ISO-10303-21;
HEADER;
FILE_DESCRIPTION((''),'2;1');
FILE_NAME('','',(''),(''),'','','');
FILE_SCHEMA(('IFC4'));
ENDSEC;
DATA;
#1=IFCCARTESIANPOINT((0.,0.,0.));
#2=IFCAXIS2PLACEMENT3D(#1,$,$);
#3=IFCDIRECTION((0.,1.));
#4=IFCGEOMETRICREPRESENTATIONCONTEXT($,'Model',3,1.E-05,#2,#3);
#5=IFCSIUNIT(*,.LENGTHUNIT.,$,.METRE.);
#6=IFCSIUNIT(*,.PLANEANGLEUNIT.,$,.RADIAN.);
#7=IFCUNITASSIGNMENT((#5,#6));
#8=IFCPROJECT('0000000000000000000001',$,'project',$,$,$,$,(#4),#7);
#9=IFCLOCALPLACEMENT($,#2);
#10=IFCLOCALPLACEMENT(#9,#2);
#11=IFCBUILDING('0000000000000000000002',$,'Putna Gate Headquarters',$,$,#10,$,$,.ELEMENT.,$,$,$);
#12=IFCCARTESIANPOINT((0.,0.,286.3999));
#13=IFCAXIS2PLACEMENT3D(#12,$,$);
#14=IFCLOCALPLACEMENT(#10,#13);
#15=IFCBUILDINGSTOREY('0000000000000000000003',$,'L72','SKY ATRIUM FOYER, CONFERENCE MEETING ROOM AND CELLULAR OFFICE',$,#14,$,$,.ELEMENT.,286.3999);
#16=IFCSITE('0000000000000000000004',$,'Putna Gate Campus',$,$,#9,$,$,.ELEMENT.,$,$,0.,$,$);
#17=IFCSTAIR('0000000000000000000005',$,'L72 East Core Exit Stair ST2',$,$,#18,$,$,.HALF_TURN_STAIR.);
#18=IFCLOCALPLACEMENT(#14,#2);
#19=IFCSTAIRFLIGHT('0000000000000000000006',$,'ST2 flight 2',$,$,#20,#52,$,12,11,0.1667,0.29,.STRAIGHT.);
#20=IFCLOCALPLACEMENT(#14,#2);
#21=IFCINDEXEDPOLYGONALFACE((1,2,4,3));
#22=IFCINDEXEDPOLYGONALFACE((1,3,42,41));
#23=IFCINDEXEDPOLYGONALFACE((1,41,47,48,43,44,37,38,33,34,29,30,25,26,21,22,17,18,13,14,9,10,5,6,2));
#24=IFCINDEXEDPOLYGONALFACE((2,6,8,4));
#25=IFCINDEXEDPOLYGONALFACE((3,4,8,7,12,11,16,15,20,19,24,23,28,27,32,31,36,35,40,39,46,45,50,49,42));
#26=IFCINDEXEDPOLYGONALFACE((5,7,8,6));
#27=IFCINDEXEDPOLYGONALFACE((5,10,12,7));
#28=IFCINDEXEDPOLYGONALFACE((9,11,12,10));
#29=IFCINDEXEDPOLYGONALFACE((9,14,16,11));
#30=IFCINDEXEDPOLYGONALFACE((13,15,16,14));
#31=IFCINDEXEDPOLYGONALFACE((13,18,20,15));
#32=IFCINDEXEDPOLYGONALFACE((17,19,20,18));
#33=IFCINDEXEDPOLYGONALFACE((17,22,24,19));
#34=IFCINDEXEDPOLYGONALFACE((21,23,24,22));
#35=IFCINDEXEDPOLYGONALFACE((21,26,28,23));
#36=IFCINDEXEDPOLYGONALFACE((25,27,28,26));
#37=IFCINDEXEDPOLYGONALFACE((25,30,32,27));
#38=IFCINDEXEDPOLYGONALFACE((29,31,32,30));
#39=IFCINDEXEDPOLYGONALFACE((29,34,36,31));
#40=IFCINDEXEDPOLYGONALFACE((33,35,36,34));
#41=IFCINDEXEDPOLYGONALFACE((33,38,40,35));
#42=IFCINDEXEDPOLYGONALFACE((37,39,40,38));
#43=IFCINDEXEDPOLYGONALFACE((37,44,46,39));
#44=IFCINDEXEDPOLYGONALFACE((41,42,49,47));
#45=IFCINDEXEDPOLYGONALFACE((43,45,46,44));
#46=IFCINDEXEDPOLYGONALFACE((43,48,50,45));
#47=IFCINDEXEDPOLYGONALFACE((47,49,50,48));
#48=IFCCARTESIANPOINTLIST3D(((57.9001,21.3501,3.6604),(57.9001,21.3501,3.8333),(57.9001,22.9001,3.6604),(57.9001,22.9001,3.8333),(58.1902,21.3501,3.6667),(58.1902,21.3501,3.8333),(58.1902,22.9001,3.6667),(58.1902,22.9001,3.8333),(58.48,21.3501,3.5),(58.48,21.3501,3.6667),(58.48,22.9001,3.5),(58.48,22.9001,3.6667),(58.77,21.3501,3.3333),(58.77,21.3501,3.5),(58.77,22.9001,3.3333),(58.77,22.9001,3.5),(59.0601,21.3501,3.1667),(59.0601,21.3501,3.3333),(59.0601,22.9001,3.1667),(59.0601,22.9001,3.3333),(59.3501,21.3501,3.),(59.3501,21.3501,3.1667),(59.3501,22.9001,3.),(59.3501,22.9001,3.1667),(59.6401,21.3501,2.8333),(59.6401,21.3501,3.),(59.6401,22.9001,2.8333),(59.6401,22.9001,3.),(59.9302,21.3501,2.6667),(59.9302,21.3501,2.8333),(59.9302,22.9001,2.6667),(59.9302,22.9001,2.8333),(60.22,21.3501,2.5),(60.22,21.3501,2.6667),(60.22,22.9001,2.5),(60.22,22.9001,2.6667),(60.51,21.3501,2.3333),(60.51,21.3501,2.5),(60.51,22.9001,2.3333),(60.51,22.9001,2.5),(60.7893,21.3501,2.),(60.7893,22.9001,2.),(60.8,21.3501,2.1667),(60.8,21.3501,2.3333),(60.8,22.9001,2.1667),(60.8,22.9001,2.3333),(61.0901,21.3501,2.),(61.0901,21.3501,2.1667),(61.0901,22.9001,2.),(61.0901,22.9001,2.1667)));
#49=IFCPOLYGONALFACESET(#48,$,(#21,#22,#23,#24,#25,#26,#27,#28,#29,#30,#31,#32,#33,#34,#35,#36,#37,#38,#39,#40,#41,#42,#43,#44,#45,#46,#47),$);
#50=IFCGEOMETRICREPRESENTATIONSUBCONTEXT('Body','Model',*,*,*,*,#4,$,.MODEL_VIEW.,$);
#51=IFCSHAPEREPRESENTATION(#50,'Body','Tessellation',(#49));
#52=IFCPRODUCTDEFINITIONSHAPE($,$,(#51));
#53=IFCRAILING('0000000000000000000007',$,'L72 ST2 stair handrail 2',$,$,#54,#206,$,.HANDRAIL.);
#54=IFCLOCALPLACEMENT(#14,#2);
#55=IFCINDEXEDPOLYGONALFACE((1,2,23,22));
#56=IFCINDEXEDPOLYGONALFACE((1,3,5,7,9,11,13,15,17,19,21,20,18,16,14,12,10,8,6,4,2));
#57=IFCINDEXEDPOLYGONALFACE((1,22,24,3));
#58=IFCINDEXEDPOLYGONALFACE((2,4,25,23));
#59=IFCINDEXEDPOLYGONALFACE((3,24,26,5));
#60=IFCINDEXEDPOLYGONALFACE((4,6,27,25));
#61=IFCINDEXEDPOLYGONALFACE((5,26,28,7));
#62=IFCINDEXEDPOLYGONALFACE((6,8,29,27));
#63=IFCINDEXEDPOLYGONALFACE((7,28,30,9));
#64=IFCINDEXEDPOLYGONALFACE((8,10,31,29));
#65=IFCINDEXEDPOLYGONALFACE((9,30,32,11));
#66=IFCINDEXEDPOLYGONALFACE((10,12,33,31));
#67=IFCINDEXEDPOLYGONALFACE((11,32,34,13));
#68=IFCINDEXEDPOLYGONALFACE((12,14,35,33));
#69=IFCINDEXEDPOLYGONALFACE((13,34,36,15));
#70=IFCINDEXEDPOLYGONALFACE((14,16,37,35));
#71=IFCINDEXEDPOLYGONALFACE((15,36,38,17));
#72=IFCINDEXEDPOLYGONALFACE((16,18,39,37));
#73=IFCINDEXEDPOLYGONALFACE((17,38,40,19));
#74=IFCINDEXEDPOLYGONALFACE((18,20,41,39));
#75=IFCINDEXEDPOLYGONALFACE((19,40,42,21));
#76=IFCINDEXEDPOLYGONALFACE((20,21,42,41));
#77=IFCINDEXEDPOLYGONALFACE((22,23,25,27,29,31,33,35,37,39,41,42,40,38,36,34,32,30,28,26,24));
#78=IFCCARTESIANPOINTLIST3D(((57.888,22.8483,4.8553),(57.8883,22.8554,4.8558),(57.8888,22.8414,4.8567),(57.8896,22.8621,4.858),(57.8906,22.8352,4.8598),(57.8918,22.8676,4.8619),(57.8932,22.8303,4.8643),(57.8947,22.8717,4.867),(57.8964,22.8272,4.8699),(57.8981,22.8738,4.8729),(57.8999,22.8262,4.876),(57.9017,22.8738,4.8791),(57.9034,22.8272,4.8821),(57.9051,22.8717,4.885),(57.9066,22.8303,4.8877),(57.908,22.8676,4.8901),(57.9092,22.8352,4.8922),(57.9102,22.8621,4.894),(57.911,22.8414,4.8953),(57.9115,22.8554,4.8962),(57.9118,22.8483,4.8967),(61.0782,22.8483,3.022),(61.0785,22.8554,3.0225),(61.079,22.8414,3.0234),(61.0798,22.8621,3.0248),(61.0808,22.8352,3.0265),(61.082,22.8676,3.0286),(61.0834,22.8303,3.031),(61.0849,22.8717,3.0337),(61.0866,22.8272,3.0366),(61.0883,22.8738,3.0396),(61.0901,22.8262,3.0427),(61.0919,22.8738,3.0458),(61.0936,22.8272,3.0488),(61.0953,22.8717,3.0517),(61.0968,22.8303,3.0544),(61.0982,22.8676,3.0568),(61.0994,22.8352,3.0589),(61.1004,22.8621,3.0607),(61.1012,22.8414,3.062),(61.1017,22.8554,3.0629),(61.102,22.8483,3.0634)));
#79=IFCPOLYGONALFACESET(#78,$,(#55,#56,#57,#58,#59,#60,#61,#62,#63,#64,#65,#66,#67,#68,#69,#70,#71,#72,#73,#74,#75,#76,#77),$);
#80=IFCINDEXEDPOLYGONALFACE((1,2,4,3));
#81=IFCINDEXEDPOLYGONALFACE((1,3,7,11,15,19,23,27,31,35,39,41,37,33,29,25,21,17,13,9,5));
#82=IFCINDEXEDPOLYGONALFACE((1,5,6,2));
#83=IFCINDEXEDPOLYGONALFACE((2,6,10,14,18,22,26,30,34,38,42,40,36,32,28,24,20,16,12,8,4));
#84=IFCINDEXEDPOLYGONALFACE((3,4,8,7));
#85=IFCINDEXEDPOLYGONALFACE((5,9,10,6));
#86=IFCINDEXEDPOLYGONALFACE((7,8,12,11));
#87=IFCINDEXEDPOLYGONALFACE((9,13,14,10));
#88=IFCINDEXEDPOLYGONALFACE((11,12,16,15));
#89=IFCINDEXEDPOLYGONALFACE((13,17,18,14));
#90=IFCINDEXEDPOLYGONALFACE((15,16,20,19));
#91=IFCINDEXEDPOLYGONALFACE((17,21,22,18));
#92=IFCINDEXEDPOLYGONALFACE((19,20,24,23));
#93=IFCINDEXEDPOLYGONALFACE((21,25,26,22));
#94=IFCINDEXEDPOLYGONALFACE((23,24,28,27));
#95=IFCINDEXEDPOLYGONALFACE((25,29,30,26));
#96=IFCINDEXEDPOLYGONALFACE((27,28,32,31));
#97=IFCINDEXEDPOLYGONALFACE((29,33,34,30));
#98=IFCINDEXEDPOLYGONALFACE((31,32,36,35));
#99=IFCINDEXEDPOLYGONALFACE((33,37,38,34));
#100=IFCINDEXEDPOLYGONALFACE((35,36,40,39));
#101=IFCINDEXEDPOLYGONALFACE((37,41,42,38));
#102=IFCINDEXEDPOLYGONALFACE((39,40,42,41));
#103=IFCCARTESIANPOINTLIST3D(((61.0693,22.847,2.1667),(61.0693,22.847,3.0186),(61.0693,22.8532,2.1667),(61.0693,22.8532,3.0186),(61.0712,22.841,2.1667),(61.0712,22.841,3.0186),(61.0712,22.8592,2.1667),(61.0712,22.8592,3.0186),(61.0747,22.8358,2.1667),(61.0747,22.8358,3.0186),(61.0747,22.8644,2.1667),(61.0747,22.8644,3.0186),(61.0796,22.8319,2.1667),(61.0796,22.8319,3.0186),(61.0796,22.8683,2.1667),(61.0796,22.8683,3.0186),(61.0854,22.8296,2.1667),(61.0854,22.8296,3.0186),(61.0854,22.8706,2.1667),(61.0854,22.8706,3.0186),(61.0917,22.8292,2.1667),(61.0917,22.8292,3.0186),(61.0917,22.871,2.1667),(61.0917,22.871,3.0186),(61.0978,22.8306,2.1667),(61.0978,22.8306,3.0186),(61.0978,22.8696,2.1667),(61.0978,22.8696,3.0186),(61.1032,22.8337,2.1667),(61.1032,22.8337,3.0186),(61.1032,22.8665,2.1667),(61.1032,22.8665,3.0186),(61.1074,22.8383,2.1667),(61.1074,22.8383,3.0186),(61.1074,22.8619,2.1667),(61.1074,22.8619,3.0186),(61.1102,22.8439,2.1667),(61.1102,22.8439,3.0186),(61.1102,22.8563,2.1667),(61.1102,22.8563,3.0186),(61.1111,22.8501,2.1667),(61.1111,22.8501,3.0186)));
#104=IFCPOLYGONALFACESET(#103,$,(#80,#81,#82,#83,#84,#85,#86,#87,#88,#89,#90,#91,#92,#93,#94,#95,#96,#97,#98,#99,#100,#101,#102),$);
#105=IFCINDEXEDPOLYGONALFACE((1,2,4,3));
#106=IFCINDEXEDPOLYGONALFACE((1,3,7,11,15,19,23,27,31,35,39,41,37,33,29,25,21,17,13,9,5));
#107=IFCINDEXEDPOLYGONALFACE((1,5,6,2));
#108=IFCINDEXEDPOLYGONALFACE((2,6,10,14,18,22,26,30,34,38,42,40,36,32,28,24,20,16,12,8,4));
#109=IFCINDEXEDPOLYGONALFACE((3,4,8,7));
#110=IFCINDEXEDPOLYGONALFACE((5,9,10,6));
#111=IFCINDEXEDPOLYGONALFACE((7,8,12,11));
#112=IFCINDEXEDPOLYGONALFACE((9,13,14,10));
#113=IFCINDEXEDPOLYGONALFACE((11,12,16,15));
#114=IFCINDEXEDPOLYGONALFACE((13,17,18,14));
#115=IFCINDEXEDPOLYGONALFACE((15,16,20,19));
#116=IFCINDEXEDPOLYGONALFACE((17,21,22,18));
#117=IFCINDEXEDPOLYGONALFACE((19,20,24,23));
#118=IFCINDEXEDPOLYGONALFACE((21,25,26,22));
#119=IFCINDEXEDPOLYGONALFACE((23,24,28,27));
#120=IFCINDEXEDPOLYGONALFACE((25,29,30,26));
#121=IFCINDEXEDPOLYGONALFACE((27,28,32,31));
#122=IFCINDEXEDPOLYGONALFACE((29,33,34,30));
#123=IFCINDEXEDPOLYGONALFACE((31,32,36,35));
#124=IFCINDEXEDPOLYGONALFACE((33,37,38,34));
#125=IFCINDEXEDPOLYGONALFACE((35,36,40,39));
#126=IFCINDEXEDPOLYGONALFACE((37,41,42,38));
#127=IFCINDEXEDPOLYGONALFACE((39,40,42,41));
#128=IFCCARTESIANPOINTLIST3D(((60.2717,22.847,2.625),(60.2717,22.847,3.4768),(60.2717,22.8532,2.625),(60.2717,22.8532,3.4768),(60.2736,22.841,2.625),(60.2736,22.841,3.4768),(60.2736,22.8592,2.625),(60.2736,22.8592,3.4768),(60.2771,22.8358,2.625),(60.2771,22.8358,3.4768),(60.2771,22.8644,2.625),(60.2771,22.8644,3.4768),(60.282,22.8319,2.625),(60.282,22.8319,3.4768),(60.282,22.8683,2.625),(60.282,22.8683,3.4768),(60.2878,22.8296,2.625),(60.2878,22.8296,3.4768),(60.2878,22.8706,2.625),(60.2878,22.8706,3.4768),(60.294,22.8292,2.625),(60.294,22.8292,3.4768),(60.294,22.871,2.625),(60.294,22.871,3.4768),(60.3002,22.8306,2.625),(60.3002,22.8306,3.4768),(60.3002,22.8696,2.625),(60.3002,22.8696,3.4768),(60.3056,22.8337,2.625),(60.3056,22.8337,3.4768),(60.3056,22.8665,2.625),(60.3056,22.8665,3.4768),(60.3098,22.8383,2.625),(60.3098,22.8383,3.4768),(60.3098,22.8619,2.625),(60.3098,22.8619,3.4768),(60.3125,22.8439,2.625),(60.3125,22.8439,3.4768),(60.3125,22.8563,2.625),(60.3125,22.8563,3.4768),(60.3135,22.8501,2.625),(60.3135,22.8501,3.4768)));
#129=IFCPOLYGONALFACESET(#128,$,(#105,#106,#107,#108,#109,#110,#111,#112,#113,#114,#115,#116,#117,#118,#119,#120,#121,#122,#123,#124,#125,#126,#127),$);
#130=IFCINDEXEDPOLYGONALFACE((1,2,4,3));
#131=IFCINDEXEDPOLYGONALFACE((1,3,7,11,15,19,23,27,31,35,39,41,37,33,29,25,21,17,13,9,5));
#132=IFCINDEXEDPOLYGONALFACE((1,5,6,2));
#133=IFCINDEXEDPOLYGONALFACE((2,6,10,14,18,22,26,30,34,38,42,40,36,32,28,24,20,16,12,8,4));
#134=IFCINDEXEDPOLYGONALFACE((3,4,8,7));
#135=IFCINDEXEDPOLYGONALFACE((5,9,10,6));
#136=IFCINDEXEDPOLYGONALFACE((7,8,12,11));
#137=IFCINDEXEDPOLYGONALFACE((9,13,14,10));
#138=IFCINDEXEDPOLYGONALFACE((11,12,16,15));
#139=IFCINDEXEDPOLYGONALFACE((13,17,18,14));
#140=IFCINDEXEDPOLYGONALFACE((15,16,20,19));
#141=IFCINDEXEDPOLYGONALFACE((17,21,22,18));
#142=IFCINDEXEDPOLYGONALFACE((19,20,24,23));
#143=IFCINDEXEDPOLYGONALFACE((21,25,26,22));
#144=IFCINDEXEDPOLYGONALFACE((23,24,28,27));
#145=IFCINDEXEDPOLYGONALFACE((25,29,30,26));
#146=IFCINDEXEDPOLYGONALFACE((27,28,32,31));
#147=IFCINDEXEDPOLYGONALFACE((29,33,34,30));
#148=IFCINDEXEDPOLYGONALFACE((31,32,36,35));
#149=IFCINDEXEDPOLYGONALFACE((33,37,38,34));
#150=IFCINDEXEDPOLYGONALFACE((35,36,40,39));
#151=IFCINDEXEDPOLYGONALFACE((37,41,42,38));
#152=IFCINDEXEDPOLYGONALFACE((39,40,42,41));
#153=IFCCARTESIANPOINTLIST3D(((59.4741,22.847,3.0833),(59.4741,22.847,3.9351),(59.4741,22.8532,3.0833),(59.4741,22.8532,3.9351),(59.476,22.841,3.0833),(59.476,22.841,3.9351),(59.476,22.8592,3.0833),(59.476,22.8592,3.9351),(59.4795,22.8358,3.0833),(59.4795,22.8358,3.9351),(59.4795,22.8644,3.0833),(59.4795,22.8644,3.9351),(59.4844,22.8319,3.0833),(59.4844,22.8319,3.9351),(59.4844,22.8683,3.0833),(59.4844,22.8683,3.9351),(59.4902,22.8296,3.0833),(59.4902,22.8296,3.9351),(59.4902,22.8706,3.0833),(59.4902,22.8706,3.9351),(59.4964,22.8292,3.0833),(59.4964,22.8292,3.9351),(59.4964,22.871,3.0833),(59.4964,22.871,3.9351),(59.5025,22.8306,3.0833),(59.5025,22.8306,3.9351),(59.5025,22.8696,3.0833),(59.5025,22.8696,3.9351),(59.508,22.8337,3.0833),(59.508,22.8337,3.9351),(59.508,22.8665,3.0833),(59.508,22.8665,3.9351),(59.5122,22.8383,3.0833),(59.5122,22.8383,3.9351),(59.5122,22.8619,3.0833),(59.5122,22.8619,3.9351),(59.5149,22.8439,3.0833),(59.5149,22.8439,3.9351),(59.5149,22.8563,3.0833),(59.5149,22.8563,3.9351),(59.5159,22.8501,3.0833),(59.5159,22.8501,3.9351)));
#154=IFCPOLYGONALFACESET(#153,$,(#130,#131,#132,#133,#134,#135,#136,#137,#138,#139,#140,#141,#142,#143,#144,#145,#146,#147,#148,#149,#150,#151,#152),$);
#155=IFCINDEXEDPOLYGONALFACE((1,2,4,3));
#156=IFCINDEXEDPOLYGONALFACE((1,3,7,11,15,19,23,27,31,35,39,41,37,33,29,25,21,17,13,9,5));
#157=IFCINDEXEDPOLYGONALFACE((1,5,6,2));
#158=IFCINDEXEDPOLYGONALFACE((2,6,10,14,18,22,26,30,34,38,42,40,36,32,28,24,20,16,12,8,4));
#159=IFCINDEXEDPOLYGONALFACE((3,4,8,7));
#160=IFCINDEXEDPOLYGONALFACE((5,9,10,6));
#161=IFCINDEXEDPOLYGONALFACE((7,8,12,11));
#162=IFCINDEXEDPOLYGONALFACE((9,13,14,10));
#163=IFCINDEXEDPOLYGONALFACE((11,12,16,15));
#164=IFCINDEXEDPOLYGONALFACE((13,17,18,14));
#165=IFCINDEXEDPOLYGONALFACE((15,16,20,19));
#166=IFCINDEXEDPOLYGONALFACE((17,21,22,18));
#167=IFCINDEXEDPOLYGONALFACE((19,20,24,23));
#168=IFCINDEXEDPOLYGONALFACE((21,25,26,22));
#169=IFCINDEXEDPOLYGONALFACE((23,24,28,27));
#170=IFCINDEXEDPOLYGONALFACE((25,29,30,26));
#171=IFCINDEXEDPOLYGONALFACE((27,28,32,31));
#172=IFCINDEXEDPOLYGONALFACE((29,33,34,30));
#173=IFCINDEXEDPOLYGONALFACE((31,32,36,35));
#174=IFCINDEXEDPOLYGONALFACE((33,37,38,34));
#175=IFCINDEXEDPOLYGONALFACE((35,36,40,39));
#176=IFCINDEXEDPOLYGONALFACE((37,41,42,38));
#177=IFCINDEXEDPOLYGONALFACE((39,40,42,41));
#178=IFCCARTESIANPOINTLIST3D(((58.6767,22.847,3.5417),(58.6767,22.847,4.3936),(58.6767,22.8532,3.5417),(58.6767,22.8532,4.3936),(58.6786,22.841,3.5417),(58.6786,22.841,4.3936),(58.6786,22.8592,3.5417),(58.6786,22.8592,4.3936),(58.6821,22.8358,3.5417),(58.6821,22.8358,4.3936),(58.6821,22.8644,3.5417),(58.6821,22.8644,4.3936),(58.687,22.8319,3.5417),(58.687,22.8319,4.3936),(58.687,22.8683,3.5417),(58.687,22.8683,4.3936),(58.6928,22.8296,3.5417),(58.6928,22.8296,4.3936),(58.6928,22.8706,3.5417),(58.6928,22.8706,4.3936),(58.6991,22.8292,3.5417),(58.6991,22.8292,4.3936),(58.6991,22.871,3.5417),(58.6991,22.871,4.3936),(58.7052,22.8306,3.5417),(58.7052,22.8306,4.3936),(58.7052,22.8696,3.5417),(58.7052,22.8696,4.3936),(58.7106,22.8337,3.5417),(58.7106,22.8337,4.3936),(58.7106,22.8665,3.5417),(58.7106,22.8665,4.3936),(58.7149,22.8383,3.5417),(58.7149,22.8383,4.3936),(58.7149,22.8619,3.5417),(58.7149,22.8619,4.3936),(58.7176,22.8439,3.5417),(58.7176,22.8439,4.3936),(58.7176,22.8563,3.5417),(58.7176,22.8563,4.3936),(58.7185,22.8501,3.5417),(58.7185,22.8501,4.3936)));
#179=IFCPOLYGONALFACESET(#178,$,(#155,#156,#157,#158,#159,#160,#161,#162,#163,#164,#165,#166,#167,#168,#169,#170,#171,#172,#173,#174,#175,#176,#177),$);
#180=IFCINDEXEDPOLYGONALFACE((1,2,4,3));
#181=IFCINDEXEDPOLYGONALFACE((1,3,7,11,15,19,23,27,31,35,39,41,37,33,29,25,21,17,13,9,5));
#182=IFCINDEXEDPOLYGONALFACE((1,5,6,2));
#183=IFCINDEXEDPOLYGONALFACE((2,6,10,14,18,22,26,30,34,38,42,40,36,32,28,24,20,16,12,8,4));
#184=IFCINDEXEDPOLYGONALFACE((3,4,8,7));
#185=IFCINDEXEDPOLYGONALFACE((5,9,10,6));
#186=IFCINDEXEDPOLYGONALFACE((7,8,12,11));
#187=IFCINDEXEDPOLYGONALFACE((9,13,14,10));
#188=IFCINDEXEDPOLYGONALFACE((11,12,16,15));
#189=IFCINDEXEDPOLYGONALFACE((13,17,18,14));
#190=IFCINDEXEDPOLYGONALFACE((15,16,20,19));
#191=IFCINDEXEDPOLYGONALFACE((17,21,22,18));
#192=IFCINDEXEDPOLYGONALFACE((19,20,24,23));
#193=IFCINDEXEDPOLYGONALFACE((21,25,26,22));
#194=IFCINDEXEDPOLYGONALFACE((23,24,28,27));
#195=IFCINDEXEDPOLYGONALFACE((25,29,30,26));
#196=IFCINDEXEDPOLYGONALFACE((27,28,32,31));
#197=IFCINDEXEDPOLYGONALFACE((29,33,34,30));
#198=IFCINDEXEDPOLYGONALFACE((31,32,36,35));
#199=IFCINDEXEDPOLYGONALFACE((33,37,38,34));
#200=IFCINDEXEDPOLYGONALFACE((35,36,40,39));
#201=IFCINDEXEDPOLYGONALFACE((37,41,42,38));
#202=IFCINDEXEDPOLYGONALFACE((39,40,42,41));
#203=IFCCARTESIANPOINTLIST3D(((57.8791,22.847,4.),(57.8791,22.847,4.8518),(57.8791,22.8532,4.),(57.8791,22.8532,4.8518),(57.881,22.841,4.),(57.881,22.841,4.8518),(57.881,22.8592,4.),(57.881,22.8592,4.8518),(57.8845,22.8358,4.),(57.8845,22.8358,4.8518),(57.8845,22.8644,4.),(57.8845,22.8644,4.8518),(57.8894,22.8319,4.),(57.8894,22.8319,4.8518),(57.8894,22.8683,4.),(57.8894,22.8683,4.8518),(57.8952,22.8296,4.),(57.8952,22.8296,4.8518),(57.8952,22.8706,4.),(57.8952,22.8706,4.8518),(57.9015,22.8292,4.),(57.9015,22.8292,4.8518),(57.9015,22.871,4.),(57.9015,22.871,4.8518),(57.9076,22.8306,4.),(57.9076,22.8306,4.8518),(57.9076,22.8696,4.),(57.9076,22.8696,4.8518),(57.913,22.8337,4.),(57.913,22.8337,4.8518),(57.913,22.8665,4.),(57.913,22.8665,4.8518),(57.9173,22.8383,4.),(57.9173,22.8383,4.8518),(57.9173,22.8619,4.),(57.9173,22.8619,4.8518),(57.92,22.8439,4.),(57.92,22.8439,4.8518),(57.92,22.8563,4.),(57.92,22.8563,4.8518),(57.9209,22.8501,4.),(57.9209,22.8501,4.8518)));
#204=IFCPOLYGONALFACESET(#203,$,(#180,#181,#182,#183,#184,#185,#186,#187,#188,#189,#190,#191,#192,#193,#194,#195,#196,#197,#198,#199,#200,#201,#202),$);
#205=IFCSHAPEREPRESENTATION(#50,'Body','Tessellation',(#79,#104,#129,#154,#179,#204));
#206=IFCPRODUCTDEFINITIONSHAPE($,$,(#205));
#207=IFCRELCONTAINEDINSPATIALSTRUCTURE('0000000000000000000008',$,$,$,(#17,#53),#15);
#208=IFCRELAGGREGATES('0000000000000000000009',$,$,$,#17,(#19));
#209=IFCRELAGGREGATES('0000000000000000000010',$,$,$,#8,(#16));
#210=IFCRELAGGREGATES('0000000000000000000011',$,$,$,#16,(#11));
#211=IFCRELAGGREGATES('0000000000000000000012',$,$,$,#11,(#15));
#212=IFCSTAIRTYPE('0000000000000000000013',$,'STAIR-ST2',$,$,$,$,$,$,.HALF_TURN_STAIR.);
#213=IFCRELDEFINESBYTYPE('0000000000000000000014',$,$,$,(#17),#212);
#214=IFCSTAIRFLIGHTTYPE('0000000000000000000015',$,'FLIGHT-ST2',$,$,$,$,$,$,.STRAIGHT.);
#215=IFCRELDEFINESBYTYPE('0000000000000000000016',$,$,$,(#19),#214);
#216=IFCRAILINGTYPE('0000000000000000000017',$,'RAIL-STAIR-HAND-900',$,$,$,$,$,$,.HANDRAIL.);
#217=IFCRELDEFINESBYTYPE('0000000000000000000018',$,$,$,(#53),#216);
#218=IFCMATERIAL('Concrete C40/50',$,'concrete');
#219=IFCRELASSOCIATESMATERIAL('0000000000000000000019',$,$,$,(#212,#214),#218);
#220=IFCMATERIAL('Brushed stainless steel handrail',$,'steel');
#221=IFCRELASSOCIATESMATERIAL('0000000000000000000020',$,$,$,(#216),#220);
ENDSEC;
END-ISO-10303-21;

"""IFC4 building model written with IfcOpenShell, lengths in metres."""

from ifc_helpers import new_model, si_unit, direction, frame, origin, origin_2d, place, context, subcontext, project, spatial, polyline, circle, outline, extrude, material, type_object, element, aggregate, save


model = new_model("IFC4")

# Units and contexts
model_context = context("Model", 3, precision=1e-05, world=origin(), true_north=direction((0.0, 1.0)))
body_context = subcontext(model_context, "Body", "Model", "MODEL_VIEW")
ifc_project = project(units=[si_unit("LENGTHUNIT", "METRE"), si_unit("PLANEANGLEUNIT", "RADIAN")], contexts=[model_context])

# Site, building, storey
site_placement = place(None, origin())
site = spatial("IfcSite", under=ifc_project, at=site_placement, Name="Putna Gate Campus", CompositionType="ELEMENT", RefElevation=0.0)
building_placement = place(site_placement, origin())
building = spatial("IfcBuilding", under=site, at=building_placement, Name="Putna Gate Headquarters", CompositionType="ELEMENT")
storey_placement = place(building_placement, frame((0.0, 0.0, 286.3999)))
storey = spatial("IfcBuildingStorey", under=building, at=storey_placement, Name="L72", Description="SKY ATRIUM FOYER, CONFERENCE MEETING ROOM AND CELLULAR OFFICE", CompositionType="ELEMENT", Elevation=286.3999)

# Shared definitions
ifc_material_1 = material(Name="Concrete C40/50", Category="concrete")

# Stair, stair flight
stair_type = type_object("IfcStairType", Name="STAIR-ST2", PredefinedType="HALF_TURN_STAIR", material=ifc_material_1)
stair_placement = place(storey_placement, origin())
stair = element("IfcStair", 1, at=stair_placement, inside=storey, type_object=stair_type, Name="L72 East Core Exit Stair ST2", PredefinedType="HALF_TURN_STAIR")
stair_flight_type = type_object("IfcStairFlightType", Name="FLIGHT-ST2", PredefinedType="STRAIGHT", material=ifc_material_1)
stair_flight_placement = place(storey_placement, frame((61.0901, 22.125, 2.0), z_axis=(0.0, 0.0, 1.0), x_axis=(-1.0, 0.0, 0.0)))
stair_flight = element("IfcStairFlight", 2, at=stair_flight_placement, type_object=stair_flight_type, Name="ST2 flight 2", NumberOfRisers=12, NumberOfTreads=11, PredefinedType="STRAIGHT", RiserHeight=0.1667, TreadLength=0.29, context=body_context, shape_type="SweptSolid", body=[
    extrude(outline(polyline([(0.0, 0.0), (0.0, 0.1667), (0.29, 0.1667), (0.29, 0.3333), (0.5801, 0.3333), (0.5801, 0.5), (0.8701, 0.5), (0.8701, 0.6667), (1.1599, 0.6667), (1.1599, 0.8333), (1.45, 0.8333), (1.45, 1.0), (1.74, 1.0), (1.74, 1.1667), (2.03, 1.1667), (2.03, 1.3333), (2.3201, 1.3333), (2.3201, 1.5), (2.6101, 1.5), (2.6101, 1.6667), (2.8999, 1.6667), (2.8999, 1.8333), (3.1899, 1.8333), (3.1899, 2.0), (3.1899, 1.6604), (0.3008, 0.0), (0.0, 0.0)])), frame((0.0, 0.7749, 0.0), z_axis=(0.0, -1.0, 0.0), x_axis=(1.0, 0.0, 0.0)), (0.0, 0.0, 1.0), 1.55),
])
aggregate(stair, [stair_flight])

# Railing
ifc_material_2 = material(Name="Brushed stainless steel handrail", Category="steel")
railing_type = type_object("IfcRailingType", Name="RAIL-STAIR-HAND-900", PredefinedType="HANDRAIL", material=ifc_material_2)
railing_placement = place(storey_placement, frame((61.0901, 22.8501, 2.1667)))
element("IfcRailing", 3, at=railing_placement, inside=storey, type_object=railing_type, Name="L72 ST2 stair handrail 2", PredefinedType="HANDRAIL", context=body_context, shape_type="SweptSolid", body=[
    extrude(circle(Radius=0.0239, at=origin_2d()), frame((0.0, 0.0, 0.876), z_axis=(-0.867036, 0.0, 0.498245), x_axis=(0.0, -1.0, 0.0)), (0.0, 0.0, 1.0), 3.6794),
    extrude(circle(Radius=0.021, at=origin_2d()), origin(), (0.0, 0.0, 1.0), 0.8518),
    extrude(circle(Radius=0.021, at=origin_2d()), frame((-0.7976, 0.0, 0.4583)), (0.0, 0.0, 1.0), 0.8518),
    extrude(circle(Radius=0.021, at=origin_2d()), frame((-1.5952, 0.0, 0.9165)), (0.0, 0.0, 1.0), 0.8518),
    extrude(circle(Radius=0.021, at=origin_2d()), frame((-2.3926, 0.0, 1.375)), (0.0, 0.0, 1.0), 0.8518),
    extrude(circle(Radius=0.021, at=origin_2d()), frame((-3.1902, 0.0, 1.8333)), (0.0, 0.0, 1.0), 0.8518),
])

save(model, "model.ifc")
